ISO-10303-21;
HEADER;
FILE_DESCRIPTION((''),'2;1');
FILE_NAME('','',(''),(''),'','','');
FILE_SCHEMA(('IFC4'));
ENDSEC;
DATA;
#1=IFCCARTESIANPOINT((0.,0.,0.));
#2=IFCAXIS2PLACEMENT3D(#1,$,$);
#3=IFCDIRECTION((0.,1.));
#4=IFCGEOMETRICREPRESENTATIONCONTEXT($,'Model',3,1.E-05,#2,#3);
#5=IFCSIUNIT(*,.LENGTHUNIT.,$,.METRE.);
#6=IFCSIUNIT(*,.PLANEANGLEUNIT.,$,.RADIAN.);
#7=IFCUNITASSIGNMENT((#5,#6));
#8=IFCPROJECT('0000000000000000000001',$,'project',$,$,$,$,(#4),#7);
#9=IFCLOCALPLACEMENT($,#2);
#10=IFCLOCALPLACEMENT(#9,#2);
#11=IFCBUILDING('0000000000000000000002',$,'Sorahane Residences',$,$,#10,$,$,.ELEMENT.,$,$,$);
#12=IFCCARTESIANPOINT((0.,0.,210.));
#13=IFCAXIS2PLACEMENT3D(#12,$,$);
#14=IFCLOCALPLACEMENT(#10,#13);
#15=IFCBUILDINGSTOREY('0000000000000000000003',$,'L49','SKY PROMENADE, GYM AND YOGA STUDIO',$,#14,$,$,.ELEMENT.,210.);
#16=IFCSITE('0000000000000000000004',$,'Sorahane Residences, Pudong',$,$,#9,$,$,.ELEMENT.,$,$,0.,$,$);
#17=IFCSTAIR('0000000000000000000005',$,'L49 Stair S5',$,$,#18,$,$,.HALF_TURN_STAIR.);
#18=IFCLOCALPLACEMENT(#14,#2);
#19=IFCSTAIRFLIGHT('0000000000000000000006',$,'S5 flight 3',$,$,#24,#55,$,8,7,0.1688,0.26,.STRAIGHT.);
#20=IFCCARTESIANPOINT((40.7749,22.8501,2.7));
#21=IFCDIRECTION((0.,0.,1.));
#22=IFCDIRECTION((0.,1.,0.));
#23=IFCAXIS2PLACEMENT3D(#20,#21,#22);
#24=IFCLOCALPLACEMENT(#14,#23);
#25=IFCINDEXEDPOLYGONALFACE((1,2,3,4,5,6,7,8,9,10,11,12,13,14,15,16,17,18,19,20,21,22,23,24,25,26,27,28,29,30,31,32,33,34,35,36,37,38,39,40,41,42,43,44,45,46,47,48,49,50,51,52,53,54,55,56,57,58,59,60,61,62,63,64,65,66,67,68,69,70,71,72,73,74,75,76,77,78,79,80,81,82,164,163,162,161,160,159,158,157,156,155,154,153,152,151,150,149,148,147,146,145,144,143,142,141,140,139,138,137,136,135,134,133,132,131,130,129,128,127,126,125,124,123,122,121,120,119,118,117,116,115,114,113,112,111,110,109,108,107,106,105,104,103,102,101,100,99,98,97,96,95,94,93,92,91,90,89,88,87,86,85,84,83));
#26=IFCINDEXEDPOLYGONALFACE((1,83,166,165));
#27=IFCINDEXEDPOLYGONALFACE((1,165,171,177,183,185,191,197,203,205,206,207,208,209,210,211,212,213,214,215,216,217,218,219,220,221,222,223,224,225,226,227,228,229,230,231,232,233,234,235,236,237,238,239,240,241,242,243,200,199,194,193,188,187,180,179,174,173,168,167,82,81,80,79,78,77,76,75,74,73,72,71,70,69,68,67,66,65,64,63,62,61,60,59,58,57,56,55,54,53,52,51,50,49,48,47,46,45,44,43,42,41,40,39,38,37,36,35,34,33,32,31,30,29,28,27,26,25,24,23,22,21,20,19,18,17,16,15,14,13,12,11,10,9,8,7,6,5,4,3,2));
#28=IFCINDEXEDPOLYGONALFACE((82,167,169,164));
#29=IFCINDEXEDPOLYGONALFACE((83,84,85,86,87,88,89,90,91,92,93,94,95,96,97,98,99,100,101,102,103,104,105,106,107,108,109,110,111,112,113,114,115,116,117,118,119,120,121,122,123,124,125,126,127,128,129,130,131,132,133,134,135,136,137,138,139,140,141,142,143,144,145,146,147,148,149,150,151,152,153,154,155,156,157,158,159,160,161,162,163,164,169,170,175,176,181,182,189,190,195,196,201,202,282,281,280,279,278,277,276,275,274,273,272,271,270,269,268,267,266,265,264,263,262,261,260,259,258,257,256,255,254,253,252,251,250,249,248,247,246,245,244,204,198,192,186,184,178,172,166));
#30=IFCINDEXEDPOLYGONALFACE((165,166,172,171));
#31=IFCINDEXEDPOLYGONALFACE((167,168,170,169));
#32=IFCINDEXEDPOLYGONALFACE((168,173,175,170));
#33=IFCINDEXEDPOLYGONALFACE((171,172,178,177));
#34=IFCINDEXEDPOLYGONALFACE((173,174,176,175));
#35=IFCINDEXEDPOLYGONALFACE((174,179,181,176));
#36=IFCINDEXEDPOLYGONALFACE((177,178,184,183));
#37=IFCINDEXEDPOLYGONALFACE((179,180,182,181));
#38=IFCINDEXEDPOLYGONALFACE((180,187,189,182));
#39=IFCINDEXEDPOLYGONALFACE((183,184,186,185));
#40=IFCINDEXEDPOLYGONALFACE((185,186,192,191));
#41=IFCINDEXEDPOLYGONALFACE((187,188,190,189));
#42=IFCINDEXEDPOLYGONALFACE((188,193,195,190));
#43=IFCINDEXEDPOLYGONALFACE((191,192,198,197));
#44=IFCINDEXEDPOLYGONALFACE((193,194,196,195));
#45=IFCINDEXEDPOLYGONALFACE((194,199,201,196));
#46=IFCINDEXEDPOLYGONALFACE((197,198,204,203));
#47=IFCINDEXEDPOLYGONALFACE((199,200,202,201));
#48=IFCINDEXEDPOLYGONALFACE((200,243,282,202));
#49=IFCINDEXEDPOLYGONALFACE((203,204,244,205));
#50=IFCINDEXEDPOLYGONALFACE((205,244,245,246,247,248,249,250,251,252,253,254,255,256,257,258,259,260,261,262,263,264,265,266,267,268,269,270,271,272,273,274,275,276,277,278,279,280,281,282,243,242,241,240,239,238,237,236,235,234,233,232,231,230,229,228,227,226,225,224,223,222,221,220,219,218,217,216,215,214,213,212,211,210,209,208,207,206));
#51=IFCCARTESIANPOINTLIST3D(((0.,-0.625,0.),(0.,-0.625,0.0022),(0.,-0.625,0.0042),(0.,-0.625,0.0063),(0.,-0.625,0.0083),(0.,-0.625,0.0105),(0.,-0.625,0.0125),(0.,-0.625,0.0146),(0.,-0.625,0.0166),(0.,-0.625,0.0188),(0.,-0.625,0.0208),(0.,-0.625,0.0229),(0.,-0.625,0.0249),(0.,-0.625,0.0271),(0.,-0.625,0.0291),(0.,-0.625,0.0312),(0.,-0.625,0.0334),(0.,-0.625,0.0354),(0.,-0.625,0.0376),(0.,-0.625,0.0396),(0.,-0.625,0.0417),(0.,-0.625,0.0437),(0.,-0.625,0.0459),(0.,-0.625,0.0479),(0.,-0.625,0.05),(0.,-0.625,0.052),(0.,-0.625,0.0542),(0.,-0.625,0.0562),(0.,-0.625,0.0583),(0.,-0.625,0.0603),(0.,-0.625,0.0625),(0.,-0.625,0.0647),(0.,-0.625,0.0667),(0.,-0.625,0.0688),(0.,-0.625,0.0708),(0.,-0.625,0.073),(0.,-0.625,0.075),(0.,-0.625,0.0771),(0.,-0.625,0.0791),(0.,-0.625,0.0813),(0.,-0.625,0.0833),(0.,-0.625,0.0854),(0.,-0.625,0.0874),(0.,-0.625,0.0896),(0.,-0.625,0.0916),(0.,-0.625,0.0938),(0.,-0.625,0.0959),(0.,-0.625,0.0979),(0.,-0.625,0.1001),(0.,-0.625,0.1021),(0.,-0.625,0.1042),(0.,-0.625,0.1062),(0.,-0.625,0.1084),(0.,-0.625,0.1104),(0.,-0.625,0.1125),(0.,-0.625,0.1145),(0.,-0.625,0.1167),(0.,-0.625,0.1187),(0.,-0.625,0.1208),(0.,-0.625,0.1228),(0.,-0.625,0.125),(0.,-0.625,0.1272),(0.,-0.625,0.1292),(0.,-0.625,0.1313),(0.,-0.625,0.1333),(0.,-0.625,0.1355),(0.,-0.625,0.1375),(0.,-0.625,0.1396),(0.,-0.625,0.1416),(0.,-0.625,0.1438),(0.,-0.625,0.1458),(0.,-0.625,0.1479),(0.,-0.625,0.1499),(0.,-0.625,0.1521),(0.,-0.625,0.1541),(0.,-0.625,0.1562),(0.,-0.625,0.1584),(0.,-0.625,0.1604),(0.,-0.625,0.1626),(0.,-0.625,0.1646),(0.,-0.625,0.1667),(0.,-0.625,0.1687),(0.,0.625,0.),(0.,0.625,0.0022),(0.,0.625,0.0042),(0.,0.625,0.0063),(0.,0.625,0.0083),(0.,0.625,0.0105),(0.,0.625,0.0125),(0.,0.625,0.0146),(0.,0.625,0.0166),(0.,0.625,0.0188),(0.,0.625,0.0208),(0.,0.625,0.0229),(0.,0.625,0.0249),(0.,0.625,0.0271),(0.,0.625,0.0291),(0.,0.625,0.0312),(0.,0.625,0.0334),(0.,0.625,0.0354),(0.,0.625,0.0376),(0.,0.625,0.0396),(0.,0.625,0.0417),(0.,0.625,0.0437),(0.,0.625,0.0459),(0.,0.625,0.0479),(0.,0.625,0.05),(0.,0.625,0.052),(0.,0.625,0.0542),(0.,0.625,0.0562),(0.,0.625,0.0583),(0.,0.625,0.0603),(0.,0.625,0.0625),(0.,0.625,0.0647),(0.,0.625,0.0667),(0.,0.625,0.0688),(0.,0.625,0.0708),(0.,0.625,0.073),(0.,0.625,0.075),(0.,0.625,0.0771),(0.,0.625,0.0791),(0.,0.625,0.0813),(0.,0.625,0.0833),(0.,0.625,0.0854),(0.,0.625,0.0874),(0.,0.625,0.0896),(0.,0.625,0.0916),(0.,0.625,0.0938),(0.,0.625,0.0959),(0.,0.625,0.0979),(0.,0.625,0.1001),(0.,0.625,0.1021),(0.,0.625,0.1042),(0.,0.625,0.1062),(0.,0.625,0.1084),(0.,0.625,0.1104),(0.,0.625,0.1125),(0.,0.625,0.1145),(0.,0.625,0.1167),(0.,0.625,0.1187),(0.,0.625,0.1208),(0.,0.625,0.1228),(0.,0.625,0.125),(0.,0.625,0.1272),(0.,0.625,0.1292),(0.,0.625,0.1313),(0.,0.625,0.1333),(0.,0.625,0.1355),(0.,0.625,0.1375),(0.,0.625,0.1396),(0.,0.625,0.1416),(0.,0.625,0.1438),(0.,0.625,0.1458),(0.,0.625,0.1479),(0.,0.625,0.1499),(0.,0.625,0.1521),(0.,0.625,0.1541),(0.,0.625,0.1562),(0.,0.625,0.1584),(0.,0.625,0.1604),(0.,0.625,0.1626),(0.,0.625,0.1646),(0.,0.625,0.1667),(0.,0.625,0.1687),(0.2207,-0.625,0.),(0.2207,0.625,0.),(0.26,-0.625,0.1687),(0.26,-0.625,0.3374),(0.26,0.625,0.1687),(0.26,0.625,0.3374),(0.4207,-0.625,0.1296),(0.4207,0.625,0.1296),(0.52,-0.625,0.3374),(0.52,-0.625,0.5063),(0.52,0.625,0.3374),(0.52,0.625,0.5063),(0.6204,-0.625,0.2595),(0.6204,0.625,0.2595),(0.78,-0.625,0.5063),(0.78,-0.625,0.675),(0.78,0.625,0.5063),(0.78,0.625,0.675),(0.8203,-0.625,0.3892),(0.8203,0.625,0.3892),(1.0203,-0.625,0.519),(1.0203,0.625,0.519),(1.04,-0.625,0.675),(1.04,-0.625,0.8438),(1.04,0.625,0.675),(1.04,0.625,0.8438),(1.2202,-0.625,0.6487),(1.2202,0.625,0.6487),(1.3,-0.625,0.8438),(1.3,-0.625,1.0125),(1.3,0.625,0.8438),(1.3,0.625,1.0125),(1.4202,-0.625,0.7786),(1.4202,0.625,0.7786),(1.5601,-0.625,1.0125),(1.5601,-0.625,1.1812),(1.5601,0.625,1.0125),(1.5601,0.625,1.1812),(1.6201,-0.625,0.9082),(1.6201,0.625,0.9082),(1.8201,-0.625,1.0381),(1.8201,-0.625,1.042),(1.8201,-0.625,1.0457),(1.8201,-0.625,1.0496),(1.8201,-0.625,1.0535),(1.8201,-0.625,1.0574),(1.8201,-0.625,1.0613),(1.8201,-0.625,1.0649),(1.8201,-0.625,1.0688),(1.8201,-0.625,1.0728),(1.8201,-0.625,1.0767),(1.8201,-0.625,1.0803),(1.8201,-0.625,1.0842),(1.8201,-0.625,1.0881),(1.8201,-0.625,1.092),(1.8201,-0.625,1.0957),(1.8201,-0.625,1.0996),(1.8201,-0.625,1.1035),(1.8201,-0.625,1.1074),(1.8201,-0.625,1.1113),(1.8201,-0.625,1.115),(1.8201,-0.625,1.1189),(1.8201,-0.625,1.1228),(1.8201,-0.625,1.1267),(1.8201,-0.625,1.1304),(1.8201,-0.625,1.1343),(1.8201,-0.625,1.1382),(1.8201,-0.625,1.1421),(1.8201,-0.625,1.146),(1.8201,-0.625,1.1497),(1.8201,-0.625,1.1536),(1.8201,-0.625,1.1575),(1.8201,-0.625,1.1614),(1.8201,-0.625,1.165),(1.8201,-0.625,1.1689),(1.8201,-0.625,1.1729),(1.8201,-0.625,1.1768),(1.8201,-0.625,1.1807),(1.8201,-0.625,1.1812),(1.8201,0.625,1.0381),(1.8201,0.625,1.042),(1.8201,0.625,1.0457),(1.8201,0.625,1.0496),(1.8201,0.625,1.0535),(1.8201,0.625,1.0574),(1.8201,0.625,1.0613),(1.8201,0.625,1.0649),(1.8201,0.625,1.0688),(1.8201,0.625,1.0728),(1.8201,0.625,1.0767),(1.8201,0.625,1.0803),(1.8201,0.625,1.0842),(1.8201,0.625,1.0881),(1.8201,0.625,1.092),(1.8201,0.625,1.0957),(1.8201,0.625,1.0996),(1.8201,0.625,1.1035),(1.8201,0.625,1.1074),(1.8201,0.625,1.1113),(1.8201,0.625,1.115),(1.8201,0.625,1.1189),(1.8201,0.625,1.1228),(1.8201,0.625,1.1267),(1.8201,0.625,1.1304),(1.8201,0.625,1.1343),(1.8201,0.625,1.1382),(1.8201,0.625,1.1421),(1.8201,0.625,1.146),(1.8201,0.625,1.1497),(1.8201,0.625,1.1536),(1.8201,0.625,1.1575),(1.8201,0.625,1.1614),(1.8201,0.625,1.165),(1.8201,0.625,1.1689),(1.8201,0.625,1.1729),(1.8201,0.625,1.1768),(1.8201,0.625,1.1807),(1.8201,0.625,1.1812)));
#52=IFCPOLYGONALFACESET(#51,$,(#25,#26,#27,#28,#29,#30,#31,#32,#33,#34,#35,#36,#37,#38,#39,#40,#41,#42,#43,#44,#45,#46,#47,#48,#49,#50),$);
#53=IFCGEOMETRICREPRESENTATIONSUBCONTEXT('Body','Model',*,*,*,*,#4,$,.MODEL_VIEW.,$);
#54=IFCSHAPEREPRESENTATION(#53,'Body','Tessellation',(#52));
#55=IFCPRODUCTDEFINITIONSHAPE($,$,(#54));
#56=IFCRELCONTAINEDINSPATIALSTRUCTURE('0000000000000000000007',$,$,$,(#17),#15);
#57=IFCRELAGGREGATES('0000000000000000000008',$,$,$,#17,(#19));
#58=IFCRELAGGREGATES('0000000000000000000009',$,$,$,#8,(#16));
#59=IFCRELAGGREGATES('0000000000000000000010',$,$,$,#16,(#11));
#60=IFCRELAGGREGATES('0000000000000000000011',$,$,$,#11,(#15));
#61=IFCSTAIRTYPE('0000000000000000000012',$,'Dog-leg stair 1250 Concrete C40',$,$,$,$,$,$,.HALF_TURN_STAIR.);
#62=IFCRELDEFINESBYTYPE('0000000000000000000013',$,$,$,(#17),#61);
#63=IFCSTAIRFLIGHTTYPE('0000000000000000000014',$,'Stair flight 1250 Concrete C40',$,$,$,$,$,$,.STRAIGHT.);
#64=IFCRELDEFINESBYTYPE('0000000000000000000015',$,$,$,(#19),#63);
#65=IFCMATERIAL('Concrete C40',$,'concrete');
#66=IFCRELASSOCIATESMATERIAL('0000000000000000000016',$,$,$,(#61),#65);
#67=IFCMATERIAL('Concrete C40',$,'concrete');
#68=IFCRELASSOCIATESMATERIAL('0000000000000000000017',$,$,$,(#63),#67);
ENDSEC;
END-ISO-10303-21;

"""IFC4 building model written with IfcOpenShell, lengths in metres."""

from ifc_helpers import new_model, si_unit, direction, frame, origin, place, context, subcontext, project, spatial, polyline, outline, extrude, material, type_object, element, aggregate, save


model = new_model("IFC4")

# Units and contexts
model_context = context("Model", 3, precision=1e-05, world=origin(), true_north=direction((0.0, 1.0)))
body_context = subcontext(model_context, "Body", "Model", "MODEL_VIEW")
ifc_project = project(units=[si_unit("LENGTHUNIT", "METRE"), si_unit("PLANEANGLEUNIT", "RADIAN")], contexts=[model_context])

# Site, building, storey
site_placement = place(None, origin())
site = spatial("IfcSite", under=ifc_project, at=site_placement, Name="Sorahane Residences, Pudong", CompositionType="ELEMENT", RefElevation=0.0)
building_placement = place(site_placement, origin())
building = spatial("IfcBuilding", under=site, at=building_placement, Name="Sorahane Residences", CompositionType="ELEMENT")
storey_placement = place(building_placement, frame((0.0, 0.0, 210.0)))
storey = spatial("IfcBuildingStorey", under=building, at=storey_placement, Name="L49", Description="SKY PROMENADE, GYM AND YOGA STUDIO", CompositionType="ELEMENT", Elevation=210.0)

# Stair, stair flight
ifc_material_1 = material(Name="Concrete C40", Category="concrete")
stair_type = type_object("IfcStairType", Name="Dog-leg stair 1250 Concrete C40", PredefinedType="HALF_TURN_STAIR", material=ifc_material_1)
stair_placement = place(storey_placement, origin())
stair = element("IfcStair", 1, at=stair_placement, inside=storey, type_object=stair_type, Name="L49 Stair S5", PredefinedType="HALF_TURN_STAIR")
ifc_material_2 = material(Name="Concrete C40", Category="concrete")
stair_flight_type = type_object("IfcStairFlightType", Name="Stair flight 1250 Concrete C40", PredefinedType="STRAIGHT", material=ifc_material_2)
stair_flight_1_placement = place(storey_placement, frame((40.7749, 22.8501, 2.7), z_axis=(0.0, 0.0, 1.0), x_axis=(0.0, 1.0, 0.0)))
stair_flight_1 = element("IfcStairFlight", 2, at=stair_flight_1_placement, type_object=stair_flight_type, Name="S5 flight 3", NumberOfRisers=8, NumberOfTreads=7, PredefinedType="STRAIGHT", RiserHeight=0.1688, TreadLength=0.26, context=body_context, shape_type="SweptSolid", body=[
    extrude(outline(polyline([(0.0, 0.0), (0.0, 0.0022), (0.0, 0.0042), (0.0, 0.0063), (0.0, 0.0083), (0.0, 0.0105), (0.0, 0.0125), (0.0, 0.0146), (0.0, 0.0166), (0.0, 0.0188), (0.0, 0.0208), (0.0, 0.0229), (0.0, 0.0249), (0.0, 0.0271), (0.0, 0.0291), (0.0, 0.0312), (0.0, 0.0334), (0.0, 0.0354), (0.0, 0.0376), (0.0, 0.0396), (0.0, 0.0417), (0.0, 0.0437), (0.0, 0.0459), (0.0, 0.0479), (0.0, 0.05), (0.0, 0.052), (0.0, 0.0542), (0.0, 0.0562), (0.0, 0.0583), (0.0, 0.0603), (0.0, 0.0625), (0.0, 0.0647), (0.0, 0.0667), (0.0, 0.0688), (0.0, 0.0708), (0.0, 0.073), (0.0, 0.075), (0.0, 0.0771), (0.0, 0.0791), (0.0, 0.0813), (0.0, 0.0833), (0.0, 0.0854), (0.0, 0.0874), (0.0, 0.0896), (0.0, 0.0916), (0.0, 0.0938), (0.0, 0.0959), (0.0, 0.0979), (0.0, 0.1001), (0.0, 0.1021), (0.0, 0.1042), (0.0, 0.1062), (0.0, 0.1084), (0.0, 0.1104), (0.0, 0.1125), (0.0, 0.1145), (0.0, 0.1167), (0.0, 0.1187), (0.0, 0.1208), (0.0, 0.1228), (0.0, 0.125), (0.0, 0.1272), (0.0, 0.1292), (0.0, 0.1313), (0.0, 0.1333), (0.0, 0.1355), (0.0, 0.1375), (0.0, 0.1396), (0.0, 0.1416), (0.0, 0.1438), (0.0, 0.1458), (0.0, 0.1479), (0.0, 0.1499), (0.0, 0.1521), (0.0, 0.1541), (0.0, 0.1562), (0.0, 0.1584), (0.0, 0.1604), (0.0, 0.1626), (0.0, 0.1646), (0.0, 0.1667), (0.0, 0.1687), (0.26, 0.1687), (0.26, 0.3374), (0.52, 0.3374), (0.52, 0.5063), (0.78, 0.5063), (0.78, 0.675), (1.04, 0.675), (1.04, 0.8438), (1.3, 0.8438), (1.3, 1.0125), (1.5601, 1.0125), (1.5601, 1.1812), (1.8201, 1.1812), (1.8201, 1.3501), (1.8201, 1.3462), (1.8201, 1.3423), (1.8201, 1.3384), (1.8201, 1.3347), (1.8201, 1.3308), (1.8201, 1.3269), (1.8201, 1.323), (1.8201, 1.3191), (1.8201, 1.3154), (1.8201, 1.3115), (1.8201, 1.3076), (1.8201, 1.3037), (1.8201, 1.3), (1.8201, 1.2961), (1.8201, 1.2922), (1.8201, 1.2883), (1.8201, 1.2844), (1.8201, 1.2808), (1.8201, 1.2769), (1.8201, 1.2729), (1.8201, 1.269), (1.8201, 1.2654), (1.8201, 1.2615), (1.8201, 1.2576), (1.8201, 1.2537), (1.8201, 1.2498), (1.8201, 1.2461), (1.8201, 1.2422), (1.8201, 1.2383), (1.8201, 1.2344), (1.8201, 1.2307), (1.8201, 1.2268), (1.8201, 1.2229), (1.8201, 1.219), (1.8201, 1.2151), (1.8201, 1.2114), (1.8201, 1.2075), (1.8201, 1.2036), (1.8201, 1.1997), (1.8201, 1.196), (1.8201, 1.1921), (1.8201, 1.1882), (1.8201, 1.1843), (1.8201, 1.1807), (1.8201, 1.1768), (1.8201, 1.1729), (1.8201, 1.1689), (1.8201, 1.165), (1.8201, 1.1614), (1.8201, 1.1575), (1.8201, 1.1536), (1.8201, 1.1497), (1.8201, 1.146), (1.8201, 1.1421), (1.8201, 1.1382), (1.8201, 1.1343), (1.8201, 1.1304), (1.8201, 1.1267), (1.8201, 1.1228), (1.8201, 1.1189), (1.8201, 1.115), (1.8201, 1.1113), (1.8201, 1.1074), (1.8201, 1.1035), (1.8201, 1.0996), (1.8201, 1.0957), (1.8201, 1.092), (1.8201, 1.0881), (1.8201, 1.0842), (1.8201, 1.0803), (1.8201, 1.0767), (1.8201, 1.0728), (1.8201, 1.0688), (1.8201, 1.0649), (1.8201, 1.0613), (1.8201, 1.0574), (1.8201, 1.0535), (1.8201, 1.0496), (1.8201, 1.0457), (1.8201, 1.042), (1.8201, 1.0381), (1.6201, 0.9082), (1.4202, 0.7786), (1.2202, 0.6487), (1.0203, 0.519), (0.8203, 0.3892), (0.6204, 0.2595), (0.4207, 0.1296), (0.2207, 0.0), (0.0, 0.0)])), frame((0.0, 0.625, 0.0), z_axis=(0.0, -1.0, 0.0), x_axis=(1.0, 0.0, 0.0)), (0.0, 0.0, 1.0), 1.25),
])
aggregate(stair, [stair_flight_1])

save(model, "model.ifc")
